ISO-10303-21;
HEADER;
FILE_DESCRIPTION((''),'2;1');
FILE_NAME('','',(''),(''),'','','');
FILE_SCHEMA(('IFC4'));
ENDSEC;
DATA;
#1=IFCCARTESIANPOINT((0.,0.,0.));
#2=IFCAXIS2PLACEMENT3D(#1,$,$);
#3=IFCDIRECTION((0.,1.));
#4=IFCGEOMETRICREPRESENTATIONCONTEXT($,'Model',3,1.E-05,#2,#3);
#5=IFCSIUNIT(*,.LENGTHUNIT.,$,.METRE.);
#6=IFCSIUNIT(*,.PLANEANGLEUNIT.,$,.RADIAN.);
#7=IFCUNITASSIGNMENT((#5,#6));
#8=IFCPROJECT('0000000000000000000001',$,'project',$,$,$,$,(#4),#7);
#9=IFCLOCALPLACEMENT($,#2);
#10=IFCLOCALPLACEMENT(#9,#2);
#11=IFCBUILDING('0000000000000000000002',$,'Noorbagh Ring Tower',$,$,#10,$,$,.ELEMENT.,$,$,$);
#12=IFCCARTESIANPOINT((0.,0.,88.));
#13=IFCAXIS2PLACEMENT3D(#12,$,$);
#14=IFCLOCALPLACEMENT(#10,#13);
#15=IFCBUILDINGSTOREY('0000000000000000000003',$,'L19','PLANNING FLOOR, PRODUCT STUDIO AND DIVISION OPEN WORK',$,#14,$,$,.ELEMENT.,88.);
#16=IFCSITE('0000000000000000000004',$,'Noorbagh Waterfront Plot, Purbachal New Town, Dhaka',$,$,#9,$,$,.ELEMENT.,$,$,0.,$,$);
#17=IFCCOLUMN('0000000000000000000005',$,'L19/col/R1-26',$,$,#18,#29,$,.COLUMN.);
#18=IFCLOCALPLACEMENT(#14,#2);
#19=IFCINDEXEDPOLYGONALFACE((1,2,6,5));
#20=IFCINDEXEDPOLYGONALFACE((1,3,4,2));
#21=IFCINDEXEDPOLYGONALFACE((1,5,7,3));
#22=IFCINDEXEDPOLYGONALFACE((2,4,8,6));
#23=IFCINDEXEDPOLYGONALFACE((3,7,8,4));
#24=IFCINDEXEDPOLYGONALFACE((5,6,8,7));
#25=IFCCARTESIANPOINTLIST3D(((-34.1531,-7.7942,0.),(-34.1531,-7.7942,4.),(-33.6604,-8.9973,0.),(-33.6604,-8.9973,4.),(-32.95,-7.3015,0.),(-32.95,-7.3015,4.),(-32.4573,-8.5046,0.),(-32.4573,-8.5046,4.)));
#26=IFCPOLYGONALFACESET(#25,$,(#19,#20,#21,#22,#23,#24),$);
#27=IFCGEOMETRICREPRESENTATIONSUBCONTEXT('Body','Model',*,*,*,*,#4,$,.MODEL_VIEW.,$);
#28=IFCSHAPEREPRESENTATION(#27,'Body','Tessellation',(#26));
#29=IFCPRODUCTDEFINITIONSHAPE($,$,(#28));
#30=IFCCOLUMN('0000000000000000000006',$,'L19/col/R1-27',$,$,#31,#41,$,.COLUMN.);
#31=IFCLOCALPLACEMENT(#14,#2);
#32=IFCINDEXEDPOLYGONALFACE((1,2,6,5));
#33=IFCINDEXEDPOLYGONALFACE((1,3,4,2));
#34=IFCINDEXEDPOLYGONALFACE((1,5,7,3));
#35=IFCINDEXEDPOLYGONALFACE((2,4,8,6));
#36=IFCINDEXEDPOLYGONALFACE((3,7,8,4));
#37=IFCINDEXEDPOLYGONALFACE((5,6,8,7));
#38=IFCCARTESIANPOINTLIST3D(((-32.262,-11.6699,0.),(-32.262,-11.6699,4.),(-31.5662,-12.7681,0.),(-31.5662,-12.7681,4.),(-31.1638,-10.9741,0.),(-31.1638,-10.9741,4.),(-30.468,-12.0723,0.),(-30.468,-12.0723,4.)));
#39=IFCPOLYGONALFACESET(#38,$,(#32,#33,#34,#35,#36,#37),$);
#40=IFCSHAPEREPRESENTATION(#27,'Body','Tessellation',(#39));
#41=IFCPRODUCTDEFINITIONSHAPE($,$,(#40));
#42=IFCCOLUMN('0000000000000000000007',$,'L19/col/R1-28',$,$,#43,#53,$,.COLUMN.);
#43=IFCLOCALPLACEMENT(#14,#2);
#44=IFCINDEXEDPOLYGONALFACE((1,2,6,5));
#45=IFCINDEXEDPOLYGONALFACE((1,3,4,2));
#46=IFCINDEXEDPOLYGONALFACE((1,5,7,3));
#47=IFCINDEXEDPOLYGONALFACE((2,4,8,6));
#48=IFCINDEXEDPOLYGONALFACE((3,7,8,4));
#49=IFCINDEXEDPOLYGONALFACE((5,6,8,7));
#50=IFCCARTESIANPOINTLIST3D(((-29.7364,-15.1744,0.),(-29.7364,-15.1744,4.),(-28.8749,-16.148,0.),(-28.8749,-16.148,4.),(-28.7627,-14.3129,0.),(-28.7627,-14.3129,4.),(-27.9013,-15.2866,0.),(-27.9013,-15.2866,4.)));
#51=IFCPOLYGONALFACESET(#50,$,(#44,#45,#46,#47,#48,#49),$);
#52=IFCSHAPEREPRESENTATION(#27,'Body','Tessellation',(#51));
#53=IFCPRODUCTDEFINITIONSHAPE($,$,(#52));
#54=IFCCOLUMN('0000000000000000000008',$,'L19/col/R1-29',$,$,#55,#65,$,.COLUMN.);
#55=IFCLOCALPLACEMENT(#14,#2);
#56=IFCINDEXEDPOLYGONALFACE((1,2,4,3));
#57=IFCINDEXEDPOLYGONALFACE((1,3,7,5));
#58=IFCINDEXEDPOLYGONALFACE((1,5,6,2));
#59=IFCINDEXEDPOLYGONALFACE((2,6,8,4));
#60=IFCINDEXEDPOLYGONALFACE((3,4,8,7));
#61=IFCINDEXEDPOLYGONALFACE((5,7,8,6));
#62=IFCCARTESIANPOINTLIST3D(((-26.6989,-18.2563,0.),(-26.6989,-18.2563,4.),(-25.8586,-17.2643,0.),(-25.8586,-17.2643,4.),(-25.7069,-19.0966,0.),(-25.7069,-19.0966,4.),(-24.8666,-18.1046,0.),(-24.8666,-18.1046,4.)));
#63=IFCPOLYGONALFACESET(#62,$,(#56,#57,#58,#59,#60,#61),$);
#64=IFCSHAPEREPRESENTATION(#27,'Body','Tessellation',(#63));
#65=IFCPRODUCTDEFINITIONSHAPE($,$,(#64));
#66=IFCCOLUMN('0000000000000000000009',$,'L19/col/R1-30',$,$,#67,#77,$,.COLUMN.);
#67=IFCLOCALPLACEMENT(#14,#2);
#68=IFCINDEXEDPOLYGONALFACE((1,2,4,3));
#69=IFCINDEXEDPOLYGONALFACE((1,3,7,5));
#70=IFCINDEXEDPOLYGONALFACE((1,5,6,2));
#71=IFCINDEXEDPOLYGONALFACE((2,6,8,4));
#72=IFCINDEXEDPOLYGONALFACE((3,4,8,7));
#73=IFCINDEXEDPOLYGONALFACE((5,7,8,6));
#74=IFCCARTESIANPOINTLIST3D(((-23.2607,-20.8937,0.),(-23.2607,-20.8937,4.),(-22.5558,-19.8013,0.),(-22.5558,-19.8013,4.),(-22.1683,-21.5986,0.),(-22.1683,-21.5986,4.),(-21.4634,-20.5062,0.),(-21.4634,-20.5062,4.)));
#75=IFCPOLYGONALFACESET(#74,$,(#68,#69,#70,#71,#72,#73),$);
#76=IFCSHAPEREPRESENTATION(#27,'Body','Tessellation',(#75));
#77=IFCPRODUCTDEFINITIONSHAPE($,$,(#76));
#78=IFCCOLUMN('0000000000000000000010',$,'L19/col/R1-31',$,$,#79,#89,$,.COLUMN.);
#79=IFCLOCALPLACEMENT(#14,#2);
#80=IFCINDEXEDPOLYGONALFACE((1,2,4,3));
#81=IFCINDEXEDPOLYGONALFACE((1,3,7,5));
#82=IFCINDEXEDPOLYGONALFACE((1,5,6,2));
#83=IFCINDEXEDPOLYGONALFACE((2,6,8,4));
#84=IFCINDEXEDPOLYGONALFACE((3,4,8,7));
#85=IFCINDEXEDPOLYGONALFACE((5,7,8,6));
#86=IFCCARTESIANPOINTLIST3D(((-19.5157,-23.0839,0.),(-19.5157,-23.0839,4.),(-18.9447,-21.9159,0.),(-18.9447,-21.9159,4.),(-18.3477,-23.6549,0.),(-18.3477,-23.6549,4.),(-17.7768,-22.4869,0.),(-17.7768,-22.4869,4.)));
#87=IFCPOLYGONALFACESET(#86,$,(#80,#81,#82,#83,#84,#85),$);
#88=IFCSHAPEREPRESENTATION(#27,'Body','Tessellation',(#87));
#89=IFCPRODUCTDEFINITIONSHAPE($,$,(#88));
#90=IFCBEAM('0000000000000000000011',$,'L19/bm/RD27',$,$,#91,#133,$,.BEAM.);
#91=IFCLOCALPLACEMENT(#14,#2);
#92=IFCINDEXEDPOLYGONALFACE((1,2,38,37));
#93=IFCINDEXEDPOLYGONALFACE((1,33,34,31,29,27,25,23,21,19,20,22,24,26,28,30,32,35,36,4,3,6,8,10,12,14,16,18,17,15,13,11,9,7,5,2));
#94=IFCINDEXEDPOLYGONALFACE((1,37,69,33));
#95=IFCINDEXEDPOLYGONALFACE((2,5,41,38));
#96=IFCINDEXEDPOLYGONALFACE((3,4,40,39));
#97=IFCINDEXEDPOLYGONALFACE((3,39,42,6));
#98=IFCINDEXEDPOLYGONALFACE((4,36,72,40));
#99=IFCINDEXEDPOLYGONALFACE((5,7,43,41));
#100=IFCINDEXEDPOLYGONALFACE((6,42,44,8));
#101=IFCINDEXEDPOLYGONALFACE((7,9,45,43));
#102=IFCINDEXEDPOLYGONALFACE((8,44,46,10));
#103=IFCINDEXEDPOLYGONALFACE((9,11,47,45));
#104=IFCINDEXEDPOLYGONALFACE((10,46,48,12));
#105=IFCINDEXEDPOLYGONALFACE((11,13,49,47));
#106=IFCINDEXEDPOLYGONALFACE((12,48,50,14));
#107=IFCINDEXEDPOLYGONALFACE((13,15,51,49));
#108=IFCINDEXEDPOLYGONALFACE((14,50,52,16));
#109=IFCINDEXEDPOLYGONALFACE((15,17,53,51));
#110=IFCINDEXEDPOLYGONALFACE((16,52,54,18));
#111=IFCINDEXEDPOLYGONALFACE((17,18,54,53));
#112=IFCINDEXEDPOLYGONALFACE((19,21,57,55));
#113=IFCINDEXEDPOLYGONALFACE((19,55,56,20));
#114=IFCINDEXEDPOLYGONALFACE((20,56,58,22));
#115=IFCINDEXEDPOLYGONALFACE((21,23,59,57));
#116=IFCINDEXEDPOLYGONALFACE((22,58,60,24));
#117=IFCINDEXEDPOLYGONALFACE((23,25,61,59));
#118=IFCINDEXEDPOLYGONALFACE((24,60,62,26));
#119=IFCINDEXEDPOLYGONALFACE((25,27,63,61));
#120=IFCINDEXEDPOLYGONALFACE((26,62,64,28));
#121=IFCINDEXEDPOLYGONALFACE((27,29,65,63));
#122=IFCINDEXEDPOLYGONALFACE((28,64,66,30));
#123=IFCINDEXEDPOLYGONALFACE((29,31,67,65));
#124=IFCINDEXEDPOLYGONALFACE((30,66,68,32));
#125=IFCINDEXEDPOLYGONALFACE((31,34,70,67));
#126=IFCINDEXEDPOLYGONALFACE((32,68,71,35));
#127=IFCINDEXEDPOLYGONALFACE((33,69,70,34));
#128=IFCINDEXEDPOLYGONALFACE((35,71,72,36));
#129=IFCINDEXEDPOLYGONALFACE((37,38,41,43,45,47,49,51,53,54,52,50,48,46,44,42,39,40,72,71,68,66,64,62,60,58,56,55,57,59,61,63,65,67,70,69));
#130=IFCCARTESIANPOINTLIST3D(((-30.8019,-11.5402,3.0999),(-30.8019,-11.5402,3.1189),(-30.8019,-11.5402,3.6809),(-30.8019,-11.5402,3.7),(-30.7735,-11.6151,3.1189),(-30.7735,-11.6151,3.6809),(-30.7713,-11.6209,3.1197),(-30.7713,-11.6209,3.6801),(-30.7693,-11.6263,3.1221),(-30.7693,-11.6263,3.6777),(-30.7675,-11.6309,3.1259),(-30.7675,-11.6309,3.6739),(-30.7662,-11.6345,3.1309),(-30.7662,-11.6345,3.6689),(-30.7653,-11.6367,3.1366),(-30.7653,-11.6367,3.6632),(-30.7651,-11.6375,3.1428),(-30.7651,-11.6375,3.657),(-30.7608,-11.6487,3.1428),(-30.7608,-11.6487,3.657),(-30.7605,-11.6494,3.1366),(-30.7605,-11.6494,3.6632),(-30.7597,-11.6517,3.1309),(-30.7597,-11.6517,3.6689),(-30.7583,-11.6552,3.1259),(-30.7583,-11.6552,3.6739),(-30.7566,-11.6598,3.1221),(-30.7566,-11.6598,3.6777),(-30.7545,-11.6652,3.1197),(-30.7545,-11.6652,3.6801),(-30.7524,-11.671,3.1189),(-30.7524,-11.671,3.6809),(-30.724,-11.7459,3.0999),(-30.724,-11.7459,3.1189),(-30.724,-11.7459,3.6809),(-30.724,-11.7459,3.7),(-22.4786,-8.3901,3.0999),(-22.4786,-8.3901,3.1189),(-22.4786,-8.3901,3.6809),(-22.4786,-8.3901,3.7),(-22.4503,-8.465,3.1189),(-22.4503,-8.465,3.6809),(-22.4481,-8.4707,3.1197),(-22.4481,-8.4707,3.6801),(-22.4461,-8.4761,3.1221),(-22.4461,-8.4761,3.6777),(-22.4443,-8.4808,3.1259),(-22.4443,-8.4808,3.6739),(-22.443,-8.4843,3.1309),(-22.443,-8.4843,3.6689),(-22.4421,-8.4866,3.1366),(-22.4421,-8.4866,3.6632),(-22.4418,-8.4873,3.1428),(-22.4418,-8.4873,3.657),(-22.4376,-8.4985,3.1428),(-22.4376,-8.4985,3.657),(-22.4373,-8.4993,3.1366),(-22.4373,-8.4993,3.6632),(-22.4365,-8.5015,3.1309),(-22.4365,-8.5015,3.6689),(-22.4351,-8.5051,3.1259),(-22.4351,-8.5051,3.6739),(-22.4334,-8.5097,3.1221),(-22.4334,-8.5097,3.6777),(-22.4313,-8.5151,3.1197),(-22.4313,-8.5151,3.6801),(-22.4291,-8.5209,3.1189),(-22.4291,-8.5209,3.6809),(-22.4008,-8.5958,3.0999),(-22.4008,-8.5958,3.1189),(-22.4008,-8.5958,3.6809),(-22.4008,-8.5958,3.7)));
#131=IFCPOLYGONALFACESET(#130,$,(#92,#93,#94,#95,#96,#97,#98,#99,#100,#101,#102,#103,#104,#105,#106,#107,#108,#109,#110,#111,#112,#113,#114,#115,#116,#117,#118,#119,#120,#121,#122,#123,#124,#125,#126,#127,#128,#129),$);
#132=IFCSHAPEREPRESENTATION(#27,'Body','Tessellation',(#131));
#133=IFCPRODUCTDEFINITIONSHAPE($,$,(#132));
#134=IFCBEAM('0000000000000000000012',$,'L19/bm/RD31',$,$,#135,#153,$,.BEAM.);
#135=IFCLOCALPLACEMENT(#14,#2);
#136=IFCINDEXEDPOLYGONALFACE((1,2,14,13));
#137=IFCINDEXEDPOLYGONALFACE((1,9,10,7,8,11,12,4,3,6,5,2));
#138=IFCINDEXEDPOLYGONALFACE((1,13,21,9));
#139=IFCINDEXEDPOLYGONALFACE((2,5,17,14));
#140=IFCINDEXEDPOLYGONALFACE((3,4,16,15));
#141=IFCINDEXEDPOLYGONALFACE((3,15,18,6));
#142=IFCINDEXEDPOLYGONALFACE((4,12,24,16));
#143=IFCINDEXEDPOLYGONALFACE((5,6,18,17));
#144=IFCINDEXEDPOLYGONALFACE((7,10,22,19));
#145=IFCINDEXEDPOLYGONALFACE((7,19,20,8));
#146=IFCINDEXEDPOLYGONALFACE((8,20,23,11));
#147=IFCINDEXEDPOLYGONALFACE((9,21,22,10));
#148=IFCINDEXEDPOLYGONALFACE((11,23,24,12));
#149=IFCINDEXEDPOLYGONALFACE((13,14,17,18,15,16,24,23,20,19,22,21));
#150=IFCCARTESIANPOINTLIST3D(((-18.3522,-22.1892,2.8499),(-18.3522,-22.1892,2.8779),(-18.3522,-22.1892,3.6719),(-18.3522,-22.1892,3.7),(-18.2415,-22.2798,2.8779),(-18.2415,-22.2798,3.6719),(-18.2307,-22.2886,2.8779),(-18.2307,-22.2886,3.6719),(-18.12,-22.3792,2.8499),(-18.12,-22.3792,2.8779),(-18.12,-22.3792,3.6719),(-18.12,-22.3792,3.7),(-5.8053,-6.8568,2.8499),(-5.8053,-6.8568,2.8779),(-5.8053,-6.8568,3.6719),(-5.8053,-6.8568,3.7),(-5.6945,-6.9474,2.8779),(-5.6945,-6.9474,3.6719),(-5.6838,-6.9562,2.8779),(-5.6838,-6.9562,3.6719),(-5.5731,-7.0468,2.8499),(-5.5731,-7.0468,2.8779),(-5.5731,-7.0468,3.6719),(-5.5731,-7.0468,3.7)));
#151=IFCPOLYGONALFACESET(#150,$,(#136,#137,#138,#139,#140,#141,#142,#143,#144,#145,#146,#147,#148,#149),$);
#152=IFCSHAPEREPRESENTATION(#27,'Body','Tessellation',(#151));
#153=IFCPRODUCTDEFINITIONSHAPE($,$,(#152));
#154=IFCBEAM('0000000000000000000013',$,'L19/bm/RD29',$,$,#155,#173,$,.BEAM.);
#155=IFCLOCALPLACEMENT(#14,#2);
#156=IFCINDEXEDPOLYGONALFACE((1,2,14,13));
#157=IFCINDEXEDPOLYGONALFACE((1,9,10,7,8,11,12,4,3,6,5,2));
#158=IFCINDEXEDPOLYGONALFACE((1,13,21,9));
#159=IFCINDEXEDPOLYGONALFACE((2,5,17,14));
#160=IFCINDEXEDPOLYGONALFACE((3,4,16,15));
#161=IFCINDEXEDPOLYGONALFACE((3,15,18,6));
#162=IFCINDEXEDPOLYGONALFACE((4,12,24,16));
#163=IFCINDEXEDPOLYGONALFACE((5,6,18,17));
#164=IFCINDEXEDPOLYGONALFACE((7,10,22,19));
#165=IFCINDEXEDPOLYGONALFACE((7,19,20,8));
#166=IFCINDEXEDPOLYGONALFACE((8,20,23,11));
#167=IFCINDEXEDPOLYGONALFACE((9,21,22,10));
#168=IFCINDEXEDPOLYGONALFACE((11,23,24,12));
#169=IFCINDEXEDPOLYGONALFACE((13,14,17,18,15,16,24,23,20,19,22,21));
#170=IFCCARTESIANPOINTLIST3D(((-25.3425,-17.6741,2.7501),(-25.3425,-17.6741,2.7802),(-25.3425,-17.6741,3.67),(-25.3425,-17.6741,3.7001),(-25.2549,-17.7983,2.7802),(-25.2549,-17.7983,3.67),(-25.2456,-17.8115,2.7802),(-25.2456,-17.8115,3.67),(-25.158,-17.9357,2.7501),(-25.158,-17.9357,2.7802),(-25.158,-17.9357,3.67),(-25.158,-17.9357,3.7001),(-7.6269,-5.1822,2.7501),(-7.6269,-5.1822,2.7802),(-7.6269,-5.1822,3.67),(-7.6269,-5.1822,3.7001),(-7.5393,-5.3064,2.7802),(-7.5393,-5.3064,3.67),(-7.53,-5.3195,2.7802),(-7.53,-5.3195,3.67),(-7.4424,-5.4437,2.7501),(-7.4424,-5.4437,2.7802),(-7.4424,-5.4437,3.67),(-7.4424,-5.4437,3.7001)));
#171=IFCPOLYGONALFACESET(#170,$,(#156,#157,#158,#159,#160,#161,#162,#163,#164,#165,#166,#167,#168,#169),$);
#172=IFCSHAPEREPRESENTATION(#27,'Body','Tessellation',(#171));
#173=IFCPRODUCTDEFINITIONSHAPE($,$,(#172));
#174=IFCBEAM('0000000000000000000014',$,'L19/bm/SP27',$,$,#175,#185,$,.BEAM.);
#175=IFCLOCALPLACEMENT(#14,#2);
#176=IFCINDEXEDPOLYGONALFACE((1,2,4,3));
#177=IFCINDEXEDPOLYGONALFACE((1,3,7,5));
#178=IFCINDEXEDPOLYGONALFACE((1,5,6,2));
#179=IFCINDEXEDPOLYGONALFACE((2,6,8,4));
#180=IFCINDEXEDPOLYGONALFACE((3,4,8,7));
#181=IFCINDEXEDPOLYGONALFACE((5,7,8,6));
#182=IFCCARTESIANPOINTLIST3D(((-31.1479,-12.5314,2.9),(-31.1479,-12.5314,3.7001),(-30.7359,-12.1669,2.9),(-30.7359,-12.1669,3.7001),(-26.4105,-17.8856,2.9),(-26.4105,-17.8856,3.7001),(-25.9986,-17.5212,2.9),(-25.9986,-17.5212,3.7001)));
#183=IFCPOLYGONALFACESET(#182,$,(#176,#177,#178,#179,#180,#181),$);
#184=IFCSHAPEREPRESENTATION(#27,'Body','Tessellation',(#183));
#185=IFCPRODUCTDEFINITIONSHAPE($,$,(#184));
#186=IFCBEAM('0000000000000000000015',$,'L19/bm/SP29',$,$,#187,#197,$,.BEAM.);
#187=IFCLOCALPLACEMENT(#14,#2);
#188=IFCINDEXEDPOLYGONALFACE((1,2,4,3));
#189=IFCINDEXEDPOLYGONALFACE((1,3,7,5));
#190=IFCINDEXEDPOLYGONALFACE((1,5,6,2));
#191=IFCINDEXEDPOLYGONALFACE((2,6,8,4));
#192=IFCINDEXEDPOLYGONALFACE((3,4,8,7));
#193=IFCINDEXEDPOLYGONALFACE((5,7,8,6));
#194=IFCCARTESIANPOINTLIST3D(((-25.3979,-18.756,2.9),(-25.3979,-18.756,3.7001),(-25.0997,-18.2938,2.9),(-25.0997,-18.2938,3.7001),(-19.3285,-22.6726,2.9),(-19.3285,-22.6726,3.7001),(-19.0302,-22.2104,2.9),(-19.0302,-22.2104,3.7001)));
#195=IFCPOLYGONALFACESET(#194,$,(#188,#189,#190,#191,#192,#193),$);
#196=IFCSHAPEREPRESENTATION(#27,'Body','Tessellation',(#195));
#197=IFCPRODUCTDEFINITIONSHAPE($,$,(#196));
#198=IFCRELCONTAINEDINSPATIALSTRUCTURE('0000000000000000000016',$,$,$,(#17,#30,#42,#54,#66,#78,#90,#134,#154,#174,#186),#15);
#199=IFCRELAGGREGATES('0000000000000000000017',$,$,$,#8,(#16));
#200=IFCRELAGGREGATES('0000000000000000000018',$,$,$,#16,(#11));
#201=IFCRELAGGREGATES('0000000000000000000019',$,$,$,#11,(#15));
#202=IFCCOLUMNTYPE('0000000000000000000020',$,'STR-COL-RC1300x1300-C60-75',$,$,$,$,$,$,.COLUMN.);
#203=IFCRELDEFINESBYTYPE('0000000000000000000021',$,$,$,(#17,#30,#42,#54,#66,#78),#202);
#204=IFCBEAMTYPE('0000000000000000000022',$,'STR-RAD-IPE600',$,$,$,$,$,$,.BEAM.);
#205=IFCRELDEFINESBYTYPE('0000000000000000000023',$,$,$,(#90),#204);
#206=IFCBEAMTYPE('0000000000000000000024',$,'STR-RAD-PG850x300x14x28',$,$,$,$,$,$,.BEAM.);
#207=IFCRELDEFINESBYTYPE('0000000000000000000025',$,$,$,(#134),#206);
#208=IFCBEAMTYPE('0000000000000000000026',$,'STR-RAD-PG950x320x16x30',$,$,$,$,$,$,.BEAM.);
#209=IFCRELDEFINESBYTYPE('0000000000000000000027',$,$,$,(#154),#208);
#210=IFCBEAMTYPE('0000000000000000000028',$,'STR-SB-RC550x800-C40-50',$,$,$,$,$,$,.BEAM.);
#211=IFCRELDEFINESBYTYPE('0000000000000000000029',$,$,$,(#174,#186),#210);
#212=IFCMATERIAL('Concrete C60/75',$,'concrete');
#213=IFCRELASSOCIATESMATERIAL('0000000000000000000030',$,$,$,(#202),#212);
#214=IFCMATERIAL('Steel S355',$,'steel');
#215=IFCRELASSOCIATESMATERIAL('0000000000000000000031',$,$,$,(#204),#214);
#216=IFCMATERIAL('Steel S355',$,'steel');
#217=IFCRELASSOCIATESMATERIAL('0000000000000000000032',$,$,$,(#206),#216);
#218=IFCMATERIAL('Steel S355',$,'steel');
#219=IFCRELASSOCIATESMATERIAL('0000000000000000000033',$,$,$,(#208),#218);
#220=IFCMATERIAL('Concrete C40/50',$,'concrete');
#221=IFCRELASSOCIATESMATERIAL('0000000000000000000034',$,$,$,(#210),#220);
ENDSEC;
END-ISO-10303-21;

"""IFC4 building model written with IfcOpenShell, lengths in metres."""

from ifc_helpers import new_model, si_unit, direction, frame, origin, origin_2d, place, context, subcontext, project, spatial, rectangle, i_section, extrude, material, material_profile, profile_set, type_object, element, save


model = new_model("IFC4")

# Units and contexts
model_context = context("Model", 3, precision=1e-05, world=origin(), true_north=direction((0.0, 1.0)))
body_context = subcontext(model_context, "Body", "Model", "MODEL_VIEW")
ifc_project = project(units=[si_unit("LENGTHUNIT", "METRE"), si_unit("PLANEANGLEUNIT", "RADIAN")], contexts=[model_context])

# Site, building, storey
site_placement = place(None, origin())
site = spatial("IfcSite", under=ifc_project, at=site_placement, Name="Noorbagh Waterfront Plot, Purbachal New Town, Dhaka", CompositionType="ELEMENT", RefElevation=0.0)
building_placement = place(site_placement, origin())
building = spatial("IfcBuilding", under=site, at=building_placement, Name="Noorbagh Ring Tower", CompositionType="ELEMENT")
storey_placement = place(building_placement, frame((0.0, 0.0, 88.0)))
storey = spatial("IfcBuildingStorey", under=building, at=storey_placement, Name="L19", Description="PLANNING FLOOR, PRODUCT STUDIO AND DIVISION OPEN WORK", CompositionType="ELEMENT", Elevation=88.0)

# Columns
ifc_material_1 = material(Name="Concrete C60/75", Category="concrete")
ifc_material_profile_1 = material_profile(ifc_material_1, rectangle(XDim=1.3, YDim=1.3, at=origin_2d()), Name="RC1300x1300")
ifc_profile_set_1 = profile_set([ifc_material_profile_1], Name="Concrete C60/75")
column_type = type_object("IfcColumnType", Name="STR-COL-RC1300x1300-C60-75", PredefinedType="COLUMN", material=ifc_profile_set_1)
for number, where, z_axis, x_axis, name in (
    (1, (-33.3052, -8.1494, 0.0), (0.0, 0.0, 1.0), (0.378989, -0.925401, 0.0), "L19/col/R1-26"),
    (2, (-31.365, -11.8711, 0.0), (0.0, 0.0, 1.0), (0.53519, -0.844731, 0.0), "L19/col/R1-27"),
    (3, (-28.8188, -15.2305, 0.0), (0.0, 0.0, 1.0), (0.662636, -0.748942, 0.0), "L19/col/R1-28"),
    (4, (-25.7827, -18.1804, 0.0), (0.0, 0.0, 1.0), (0.763035, -0.646357, 0.0), "L19/col/R1-29"),
    (5, (-22.3621, -20.7, 0.0), (0.0, 0.0, 1.0), (0.840248, -0.542203, 0.0), "L19/col/R1-30"),
    (6, (-18.6462, -22.7854, 0.0), (0.0, 0.0, 1.0), (0.898399, -0.43918, 0.0), "L19/col/R1-31"),
):
    element("IfcColumn", number, at=place(storey_placement, frame(where, z_axis=z_axis, x_axis=x_axis)), inside=storey, type_object=column_type, Name=name, PredefinedType="COLUMN", context=body_context, shape_type="SweptSolid", body=[
        extrude(rectangle(XDim=1.3, YDim=1.3, at=origin_2d()), origin(), (0.0, 0.0, 1.0), 4.0),
    ])

# Beams
ifc_material_2 = material(Name="Steel S355", Category="steel")
ifc_material_profile_2 = material_profile(ifc_material_2, i_section(OverallWidth=0.22, OverallDepth=0.6001, WebThickness=0.012, FlangeThickness=0.019, FilletRadius=0.0239, at=origin_2d()), Name="IPE600")
ifc_profile_set_2 = profile_set([ifc_material_profile_2], Name="Steel S355")
beam_type_1 = type_object("IfcBeamType", Name="STR-RAD-IPE600", PredefinedType="BEAM", material=ifc_profile_set_2)
beam_1_placement = place(storey_placement, frame((-30.7629, -11.6431, 3.3999), z_axis=(0.935256, 0.353972, 0.0), x_axis=(-0.353972, 0.935256, 0.0)))
element("IfcBeam", 7, at=beam_1_placement, inside=storey, type_object=beam_type_1, Name="L19/bm/RD27", PredefinedType="BEAM", context=body_context, shape_type="SweptSolid", body=[
    extrude(i_section(OverallWidth=0.22, OverallDepth=0.6001, WebThickness=0.012, FlangeThickness=0.019, FilletRadius=0.0239, at=origin_2d()), origin(), (0.0, 0.0, 1.0), 8.8994),
])
ifc_material_3 = material(Name="Steel S355", Category="steel")
ifc_material_profile_3 = material_profile(ifc_material_3, i_section(OverallWidth=0.3, OverallDepth=0.8501, WebThickness=0.0139, FlangeThickness=0.0281, at=origin_2d()), Name="PG850x300x14x28")
ifc_profile_set_3 = profile_set([ifc_material_profile_3], Name="Steel S355")
beam_type_2 = type_object("IfcBeamType", Name="STR-RAD-PG850x300x14x28", PredefinedType="BEAM", material=ifc_profile_set_3)
beam_2_placement = place(storey_placement, frame((-18.2361, -22.2842, 3.2749), z_axis=(0.633307, 0.773901, 0.0), x_axis=(-0.773901, 0.633307, 0.0)))
element("IfcBeam", 8, at=beam_2_placement, inside=storey, type_object=beam_type_2, Name="L19/bm/RD31", PredefinedType="BEAM", context=body_context, shape_type="SweptSolid", body=[
    extrude(i_section(OverallWidth=0.3, OverallDepth=0.8501, WebThickness=0.0139, FlangeThickness=0.0281, at=origin_2d()), origin(), (0.0, 0.0, 1.0), 19.8118),
])
ifc_material_4 = material(Name="Steel S355", Category="steel")
ifc_material_profile_4 = material_profile(ifc_material_4, i_section(OverallWidth=0.3201, OverallDepth=0.95, WebThickness=0.0161, FlangeThickness=0.03, at=origin_2d()), Name="PG950x320x16x30")
ifc_profile_set_4 = profile_set([ifc_material_profile_4], Name="Steel S355")
beam_type_3 = type_object("IfcBeamType", Name="STR-RAD-PG950x320x16x30", PredefinedType="BEAM", material=ifc_profile_set_4)
beam_3_placement = place(storey_placement, frame((-25.2502, -17.8049, 3.2251), z_axis=(0.817254, 0.576278, 0.0), x_axis=(-0.576278, 0.817254, 0.0)))
element("IfcBeam", 9, at=beam_3_placement, inside=storey, type_object=beam_type_3, Name="L19/bm/RD29", PredefinedType="BEAM", context=body_context, shape_type="SweptSolid", body=[
    extrude(i_section(OverallWidth=0.3201, OverallDepth=0.95, WebThickness=0.0161, FlangeThickness=0.03, at=origin_2d()), origin(), (0.0, 0.0, 1.0), 21.677),
])
ifc_material_5 = material(Name="Concrete C40/50", Category="concrete")
ifc_material_profile_5 = material_profile(ifc_material_5, rectangle(XDim=0.55, YDim=0.8, at=origin_2d()), Name="RC550x800")
ifc_profile_set_5 = profile_set([ifc_material_profile_5], Name="Concrete C40/50")
beam_type_4 = type_object("IfcBeamType", Name="STR-SB-RC550x800-C40-50", PredefinedType="BEAM", material=ifc_profile_set_5)
beam_4_placement = place(storey_placement, frame((-30.9419, -12.3491, 3.3), z_axis=(0.662641, -0.748937, 0.0), x_axis=(0.748937, 0.662641, 0.0)))
element("IfcBeam", 10, at=beam_4_placement, inside=storey, type_object=beam_type_4, Name="L19/bm/SP27", PredefinedType="BEAM", context=body_context, shape_type="SweptSolid", body=[
    extrude(rectangle(XDim=0.55, YDim=0.8, at=origin_2d()), origin(), (0.0, 0.0, 1.0), 7.1492),
])
beam_5_placement = place(storey_placement, frame((-25.2488, -18.5249, 3.3), z_axis=(0.840246, -0.542205, 0.0), x_axis=(0.542205, 0.840246, 0.0)))
element("IfcBeam", 11, at=beam_5_placement, inside=storey, type_object=beam_type_4, Name="L19/bm/SP29", PredefinedType="BEAM", context=body_context, shape_type="SweptSolid", body=[
    extrude(rectangle(XDim=0.55, YDim=0.8, at=origin_2d()), origin(), (0.0, 0.0, 1.0), 7.2234),
])

save(model, "model.ifc")
